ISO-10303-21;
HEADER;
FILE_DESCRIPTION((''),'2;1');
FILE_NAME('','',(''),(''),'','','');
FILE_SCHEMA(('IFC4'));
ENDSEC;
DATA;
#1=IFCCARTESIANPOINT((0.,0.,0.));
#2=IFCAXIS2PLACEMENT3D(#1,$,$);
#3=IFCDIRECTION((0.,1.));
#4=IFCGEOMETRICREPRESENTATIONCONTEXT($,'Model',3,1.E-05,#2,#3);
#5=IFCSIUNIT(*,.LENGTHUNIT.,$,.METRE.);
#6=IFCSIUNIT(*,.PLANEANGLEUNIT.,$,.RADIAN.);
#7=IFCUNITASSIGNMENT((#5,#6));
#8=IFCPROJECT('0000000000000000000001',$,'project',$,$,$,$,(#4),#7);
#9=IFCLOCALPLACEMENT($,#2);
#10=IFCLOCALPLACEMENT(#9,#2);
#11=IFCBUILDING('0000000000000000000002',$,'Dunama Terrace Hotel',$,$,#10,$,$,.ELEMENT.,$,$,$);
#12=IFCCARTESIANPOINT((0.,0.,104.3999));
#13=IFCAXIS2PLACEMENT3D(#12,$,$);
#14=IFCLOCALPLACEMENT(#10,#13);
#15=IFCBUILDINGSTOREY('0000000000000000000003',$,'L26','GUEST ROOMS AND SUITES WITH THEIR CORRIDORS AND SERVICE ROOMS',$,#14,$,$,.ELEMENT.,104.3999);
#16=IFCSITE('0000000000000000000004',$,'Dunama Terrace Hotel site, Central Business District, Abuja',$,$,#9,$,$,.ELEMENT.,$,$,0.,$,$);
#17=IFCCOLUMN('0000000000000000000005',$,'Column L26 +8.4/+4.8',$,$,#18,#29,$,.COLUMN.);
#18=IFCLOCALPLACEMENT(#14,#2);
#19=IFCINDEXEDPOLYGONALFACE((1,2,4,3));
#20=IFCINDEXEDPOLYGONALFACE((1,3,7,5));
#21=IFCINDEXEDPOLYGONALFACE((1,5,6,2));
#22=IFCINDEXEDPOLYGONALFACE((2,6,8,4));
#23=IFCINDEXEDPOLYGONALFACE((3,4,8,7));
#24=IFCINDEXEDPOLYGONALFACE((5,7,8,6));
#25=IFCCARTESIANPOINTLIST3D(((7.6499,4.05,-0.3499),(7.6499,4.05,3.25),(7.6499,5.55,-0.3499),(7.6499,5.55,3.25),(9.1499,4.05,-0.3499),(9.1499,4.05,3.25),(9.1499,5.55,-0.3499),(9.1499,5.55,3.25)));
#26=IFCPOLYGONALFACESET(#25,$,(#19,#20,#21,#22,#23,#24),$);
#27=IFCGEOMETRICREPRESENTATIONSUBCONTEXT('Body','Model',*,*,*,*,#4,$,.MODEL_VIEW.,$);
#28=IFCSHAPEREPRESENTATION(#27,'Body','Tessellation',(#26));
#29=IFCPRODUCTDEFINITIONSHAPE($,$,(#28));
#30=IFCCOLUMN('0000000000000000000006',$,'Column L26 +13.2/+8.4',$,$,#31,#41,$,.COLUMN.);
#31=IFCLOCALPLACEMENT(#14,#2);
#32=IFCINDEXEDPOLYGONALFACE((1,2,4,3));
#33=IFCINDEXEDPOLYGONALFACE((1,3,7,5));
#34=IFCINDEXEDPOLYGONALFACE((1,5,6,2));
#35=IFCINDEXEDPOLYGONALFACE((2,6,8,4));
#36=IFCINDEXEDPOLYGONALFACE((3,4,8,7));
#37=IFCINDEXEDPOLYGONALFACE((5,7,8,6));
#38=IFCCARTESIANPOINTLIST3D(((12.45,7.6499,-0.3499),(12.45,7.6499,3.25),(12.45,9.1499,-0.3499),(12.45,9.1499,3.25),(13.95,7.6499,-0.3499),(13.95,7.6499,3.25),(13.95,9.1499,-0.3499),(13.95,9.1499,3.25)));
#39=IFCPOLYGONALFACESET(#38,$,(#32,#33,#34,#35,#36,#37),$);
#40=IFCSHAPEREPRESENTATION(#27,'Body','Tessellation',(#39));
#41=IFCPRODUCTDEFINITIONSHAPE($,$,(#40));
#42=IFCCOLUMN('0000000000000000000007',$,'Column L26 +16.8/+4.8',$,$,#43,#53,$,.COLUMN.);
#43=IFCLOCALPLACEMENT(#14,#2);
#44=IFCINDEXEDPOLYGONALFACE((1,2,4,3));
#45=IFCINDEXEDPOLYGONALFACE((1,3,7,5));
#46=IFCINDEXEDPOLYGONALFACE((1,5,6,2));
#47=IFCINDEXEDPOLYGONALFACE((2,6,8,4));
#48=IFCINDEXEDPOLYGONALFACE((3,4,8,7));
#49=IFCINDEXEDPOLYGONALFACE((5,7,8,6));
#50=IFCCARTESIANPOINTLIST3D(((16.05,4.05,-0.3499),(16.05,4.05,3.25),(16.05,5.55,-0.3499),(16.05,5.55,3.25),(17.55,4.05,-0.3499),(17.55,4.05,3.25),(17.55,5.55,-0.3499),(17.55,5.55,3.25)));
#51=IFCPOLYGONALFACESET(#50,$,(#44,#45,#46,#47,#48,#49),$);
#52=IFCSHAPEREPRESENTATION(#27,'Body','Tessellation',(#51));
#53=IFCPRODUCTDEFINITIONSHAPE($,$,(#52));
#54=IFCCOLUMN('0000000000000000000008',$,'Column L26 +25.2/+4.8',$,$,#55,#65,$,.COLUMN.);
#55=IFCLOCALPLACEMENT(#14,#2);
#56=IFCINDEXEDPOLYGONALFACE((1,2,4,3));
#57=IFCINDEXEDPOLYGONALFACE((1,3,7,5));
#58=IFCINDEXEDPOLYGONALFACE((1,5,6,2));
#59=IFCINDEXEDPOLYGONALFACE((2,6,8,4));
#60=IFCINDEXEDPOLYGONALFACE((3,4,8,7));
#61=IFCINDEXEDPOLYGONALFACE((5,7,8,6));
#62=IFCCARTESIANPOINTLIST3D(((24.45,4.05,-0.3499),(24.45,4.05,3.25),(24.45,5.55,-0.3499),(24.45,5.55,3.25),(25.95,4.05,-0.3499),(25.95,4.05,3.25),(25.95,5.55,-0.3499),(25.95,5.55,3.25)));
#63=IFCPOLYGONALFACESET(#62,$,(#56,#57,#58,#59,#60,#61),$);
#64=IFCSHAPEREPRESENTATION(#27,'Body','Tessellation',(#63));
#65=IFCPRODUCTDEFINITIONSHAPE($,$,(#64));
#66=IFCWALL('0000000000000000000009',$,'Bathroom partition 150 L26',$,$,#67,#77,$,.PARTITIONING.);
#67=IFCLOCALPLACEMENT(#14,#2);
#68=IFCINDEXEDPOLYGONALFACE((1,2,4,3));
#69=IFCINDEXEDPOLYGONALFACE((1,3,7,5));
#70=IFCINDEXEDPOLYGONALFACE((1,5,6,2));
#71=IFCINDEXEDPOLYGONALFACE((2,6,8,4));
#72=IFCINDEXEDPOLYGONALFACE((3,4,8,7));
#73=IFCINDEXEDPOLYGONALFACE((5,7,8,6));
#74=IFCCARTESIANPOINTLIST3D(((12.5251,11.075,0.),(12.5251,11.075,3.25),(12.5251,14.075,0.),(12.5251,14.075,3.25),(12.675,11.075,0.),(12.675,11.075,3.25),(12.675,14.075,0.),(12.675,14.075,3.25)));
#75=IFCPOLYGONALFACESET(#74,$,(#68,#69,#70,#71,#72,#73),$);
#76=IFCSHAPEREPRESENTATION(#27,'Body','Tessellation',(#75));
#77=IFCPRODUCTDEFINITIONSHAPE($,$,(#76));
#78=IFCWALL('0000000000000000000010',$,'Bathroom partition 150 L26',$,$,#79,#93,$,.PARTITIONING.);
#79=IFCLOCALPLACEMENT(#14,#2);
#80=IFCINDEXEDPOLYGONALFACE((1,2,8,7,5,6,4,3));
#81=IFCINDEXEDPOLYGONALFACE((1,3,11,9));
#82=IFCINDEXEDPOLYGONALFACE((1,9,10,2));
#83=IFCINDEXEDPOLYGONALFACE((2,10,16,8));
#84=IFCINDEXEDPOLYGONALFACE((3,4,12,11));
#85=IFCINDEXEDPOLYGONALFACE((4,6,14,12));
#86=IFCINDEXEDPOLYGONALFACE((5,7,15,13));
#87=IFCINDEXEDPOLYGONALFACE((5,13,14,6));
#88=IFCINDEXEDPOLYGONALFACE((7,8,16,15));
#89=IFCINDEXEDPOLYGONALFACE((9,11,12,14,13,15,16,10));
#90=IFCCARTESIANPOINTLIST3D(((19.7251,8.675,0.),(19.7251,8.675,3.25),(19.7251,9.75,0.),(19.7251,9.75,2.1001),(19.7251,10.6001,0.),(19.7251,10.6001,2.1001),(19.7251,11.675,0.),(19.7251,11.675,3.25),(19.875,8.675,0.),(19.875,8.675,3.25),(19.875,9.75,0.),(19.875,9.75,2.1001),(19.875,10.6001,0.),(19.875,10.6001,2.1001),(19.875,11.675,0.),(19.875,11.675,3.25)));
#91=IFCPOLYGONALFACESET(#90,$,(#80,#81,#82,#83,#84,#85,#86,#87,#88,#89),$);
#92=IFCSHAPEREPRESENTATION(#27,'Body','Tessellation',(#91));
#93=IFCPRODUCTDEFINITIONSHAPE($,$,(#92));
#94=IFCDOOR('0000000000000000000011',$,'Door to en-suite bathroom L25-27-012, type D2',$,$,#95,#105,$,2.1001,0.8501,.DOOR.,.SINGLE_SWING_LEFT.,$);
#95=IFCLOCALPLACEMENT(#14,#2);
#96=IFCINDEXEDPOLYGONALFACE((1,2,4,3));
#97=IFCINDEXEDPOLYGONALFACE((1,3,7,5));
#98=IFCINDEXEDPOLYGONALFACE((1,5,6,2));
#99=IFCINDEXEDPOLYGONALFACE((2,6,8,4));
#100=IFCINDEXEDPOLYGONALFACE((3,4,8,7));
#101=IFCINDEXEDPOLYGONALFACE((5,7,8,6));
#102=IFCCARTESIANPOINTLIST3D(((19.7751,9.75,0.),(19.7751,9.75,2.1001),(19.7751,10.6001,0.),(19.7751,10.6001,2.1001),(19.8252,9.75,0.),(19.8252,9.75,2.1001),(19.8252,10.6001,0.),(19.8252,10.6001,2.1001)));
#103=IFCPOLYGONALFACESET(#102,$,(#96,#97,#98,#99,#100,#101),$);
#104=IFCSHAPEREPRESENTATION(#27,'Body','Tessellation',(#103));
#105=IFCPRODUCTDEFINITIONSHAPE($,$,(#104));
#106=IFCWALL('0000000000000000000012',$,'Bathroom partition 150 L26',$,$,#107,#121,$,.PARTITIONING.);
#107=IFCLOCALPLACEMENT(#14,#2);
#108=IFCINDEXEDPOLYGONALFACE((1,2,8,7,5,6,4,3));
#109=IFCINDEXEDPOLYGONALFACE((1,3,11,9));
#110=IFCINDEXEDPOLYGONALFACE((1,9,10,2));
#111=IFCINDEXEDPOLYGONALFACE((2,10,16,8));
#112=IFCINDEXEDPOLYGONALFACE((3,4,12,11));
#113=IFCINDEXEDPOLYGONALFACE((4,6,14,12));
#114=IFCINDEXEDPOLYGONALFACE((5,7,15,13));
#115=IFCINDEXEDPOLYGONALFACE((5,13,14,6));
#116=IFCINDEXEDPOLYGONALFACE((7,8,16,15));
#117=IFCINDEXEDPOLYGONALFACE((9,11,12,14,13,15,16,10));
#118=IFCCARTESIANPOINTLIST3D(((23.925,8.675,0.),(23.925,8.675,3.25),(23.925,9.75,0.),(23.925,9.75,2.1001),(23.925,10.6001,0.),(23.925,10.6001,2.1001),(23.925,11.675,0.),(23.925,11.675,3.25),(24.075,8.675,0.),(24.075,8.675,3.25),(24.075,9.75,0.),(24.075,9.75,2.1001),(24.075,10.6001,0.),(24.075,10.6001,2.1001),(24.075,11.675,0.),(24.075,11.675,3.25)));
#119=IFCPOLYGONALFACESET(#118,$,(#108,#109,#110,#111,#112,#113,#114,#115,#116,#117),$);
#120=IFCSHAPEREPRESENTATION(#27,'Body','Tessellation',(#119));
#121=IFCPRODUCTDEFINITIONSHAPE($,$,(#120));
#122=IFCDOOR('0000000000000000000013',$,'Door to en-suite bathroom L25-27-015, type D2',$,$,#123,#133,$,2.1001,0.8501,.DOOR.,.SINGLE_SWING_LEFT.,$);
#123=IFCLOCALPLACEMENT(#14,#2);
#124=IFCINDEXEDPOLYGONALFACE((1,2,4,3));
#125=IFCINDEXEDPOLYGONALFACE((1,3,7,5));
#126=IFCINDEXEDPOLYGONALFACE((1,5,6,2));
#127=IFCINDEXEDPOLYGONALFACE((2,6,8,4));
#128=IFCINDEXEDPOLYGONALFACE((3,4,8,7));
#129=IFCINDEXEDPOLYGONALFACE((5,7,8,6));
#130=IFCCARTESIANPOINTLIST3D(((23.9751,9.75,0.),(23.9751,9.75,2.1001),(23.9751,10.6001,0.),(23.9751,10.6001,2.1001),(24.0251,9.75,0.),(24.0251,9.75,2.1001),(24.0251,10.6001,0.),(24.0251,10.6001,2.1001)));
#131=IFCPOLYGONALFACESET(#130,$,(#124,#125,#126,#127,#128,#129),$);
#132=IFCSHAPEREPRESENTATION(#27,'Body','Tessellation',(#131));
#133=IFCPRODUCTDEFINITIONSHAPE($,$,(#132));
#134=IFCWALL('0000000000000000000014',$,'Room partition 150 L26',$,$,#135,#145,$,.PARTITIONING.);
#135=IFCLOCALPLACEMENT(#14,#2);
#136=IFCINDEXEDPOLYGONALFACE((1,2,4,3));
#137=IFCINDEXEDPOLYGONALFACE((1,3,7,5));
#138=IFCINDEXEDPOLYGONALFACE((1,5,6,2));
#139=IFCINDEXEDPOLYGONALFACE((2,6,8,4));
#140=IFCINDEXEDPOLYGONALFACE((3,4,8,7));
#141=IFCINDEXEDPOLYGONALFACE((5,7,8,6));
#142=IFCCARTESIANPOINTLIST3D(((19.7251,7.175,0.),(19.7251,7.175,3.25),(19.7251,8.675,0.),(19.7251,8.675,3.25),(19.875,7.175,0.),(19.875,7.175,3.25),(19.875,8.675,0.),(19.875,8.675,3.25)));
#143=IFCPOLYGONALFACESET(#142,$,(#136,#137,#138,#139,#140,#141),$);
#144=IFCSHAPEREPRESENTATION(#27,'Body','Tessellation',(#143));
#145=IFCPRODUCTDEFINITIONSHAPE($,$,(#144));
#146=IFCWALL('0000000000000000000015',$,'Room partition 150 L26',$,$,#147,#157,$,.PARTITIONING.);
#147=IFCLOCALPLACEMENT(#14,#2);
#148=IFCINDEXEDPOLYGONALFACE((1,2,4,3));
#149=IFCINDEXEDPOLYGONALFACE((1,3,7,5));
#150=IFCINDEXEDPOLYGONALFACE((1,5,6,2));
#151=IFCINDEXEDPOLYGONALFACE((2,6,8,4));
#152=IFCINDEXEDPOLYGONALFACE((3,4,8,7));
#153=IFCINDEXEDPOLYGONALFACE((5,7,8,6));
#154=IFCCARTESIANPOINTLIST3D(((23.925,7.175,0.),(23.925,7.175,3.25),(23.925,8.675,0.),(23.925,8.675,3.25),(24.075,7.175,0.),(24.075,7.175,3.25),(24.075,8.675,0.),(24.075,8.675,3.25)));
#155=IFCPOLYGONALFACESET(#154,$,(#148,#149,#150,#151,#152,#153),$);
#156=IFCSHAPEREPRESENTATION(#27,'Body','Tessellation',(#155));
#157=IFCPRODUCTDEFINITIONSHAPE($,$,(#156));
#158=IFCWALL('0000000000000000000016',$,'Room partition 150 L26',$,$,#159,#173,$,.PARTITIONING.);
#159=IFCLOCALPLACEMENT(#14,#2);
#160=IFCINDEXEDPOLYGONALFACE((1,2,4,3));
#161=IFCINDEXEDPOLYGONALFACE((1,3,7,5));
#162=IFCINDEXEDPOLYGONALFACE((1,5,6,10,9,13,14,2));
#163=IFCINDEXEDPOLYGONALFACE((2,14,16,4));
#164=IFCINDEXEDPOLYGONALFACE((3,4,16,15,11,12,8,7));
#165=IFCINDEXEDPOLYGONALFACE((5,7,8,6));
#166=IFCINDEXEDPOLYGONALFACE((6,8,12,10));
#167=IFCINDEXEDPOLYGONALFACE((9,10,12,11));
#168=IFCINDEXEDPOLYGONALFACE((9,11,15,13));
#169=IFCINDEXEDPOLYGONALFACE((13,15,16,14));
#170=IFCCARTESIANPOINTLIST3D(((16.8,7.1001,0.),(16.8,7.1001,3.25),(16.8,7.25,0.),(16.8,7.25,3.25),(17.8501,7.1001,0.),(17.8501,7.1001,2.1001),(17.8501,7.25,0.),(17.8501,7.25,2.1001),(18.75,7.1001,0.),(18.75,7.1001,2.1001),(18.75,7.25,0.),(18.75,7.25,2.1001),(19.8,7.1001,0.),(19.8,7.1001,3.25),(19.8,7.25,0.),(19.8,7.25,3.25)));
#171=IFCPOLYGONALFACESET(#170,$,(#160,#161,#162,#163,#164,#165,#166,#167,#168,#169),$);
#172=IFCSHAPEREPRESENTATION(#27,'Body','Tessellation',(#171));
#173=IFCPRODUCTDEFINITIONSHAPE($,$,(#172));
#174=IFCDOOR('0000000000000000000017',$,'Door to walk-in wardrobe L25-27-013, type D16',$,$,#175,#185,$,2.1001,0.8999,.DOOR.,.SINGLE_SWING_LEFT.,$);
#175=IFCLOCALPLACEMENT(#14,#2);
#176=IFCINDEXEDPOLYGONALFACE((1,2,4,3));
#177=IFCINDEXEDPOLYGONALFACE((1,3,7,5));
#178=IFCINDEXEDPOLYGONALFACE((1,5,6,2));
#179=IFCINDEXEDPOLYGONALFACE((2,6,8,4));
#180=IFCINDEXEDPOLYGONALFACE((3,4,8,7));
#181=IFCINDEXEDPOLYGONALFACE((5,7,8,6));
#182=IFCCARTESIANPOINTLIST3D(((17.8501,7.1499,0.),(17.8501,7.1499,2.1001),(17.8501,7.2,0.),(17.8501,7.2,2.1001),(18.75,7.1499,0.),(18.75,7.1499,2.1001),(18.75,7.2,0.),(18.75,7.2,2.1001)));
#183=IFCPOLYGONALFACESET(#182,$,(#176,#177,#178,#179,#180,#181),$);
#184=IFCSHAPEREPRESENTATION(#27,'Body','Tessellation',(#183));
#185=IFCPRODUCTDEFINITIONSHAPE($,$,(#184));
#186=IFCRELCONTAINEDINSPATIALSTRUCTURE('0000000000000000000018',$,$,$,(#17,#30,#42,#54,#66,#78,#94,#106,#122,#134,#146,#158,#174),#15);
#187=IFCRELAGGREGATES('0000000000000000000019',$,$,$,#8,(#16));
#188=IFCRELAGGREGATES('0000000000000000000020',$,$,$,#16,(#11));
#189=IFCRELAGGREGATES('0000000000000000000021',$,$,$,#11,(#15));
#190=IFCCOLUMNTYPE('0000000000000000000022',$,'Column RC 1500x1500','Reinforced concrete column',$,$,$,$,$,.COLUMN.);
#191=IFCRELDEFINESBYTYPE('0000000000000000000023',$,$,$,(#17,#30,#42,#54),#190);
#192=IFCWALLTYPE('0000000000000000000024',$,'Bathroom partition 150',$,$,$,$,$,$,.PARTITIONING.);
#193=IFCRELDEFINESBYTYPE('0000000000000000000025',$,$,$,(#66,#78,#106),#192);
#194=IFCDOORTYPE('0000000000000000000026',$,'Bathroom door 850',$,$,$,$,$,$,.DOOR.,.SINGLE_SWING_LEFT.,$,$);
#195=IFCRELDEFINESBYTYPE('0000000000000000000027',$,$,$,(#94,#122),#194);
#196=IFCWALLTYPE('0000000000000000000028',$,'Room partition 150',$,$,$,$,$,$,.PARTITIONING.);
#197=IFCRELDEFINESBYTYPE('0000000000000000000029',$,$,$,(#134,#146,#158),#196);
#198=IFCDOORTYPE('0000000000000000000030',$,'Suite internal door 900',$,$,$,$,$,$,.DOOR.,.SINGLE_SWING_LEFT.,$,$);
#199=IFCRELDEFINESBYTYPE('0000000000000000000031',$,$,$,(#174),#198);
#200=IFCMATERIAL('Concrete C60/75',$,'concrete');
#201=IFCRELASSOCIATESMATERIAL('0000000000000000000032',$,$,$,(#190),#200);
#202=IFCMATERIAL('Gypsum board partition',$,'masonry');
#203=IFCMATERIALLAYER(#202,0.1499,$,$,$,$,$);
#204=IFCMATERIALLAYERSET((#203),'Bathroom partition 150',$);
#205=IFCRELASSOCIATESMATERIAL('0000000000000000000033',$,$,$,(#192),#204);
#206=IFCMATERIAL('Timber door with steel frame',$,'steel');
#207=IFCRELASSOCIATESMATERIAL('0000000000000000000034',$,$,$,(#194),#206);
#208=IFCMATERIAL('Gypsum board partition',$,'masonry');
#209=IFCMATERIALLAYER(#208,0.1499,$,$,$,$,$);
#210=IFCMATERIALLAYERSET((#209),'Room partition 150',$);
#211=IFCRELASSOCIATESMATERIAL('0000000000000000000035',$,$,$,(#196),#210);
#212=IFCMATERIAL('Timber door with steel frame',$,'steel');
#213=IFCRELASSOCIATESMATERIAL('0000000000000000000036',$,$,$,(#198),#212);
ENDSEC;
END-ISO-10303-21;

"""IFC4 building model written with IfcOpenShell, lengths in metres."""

from ifc_helpers import new_model, si_unit, direction, frame, frame_2d, origin, origin_2d, place, context, subcontext, project, spatial, rectangle, extrude, material, layer, layer_set, material_profile, profile_set, type_object, element, fill, save


model = new_model("IFC4")

# Units and contexts
model_context = context("Model", 3, precision=1e-05, world=origin(), true_north=direction((0.0, 1.0)))
body_context = subcontext(model_context, "Body", "Model", "MODEL_VIEW")
ifc_project = project(units=[si_unit("LENGTHUNIT", "METRE"), si_unit("PLANEANGLEUNIT", "RADIAN")], contexts=[model_context])

# Site, building, storey
site_placement = place(None, origin())
site = spatial("IfcSite", under=ifc_project, at=site_placement, Name="Dunama Terrace Hotel site, Central Business District, Abuja", CompositionType="ELEMENT", RefElevation=0.0)
building_placement = place(site_placement, origin())
building = spatial("IfcBuilding", under=site, at=building_placement, Name="Dunama Terrace Hotel", CompositionType="ELEMENT")
storey_placement = place(building_placement, frame((0.0, 0.0, 104.3999)))
storey = spatial("IfcBuildingStorey", under=building, at=storey_placement, Name="L26", Description="GUEST ROOMS AND SUITES WITH THEIR CORRIDORS AND SERVICE ROOMS", CompositionType="ELEMENT", Elevation=104.3999)

# Columns
ifc_material_1 = material(Name="Concrete C60/75", Category="concrete")
ifc_material_profile = material_profile(ifc_material_1, rectangle(XDim=1.5, YDim=1.5, at=origin_2d()), Name="RC 1500x1500")
ifc_profile_set = profile_set([ifc_material_profile], Name="Concrete C60/75")
column_type = type_object("IfcColumnType", Name="Column RC 1500x1500", Description="Reinforced concrete column", PredefinedType="COLUMN", material=ifc_profile_set)
for number, where, z_axis, x_axis, name in (
    (1, (8.3999, 4.8, -0.3499), (0.0, 0.0, 1.0), (1.0, 0.0, 0.0), "Column L26 +8.4/+4.8"),
    (2, (13.2, 8.3999, -0.3499), (0.0, 0.0, 1.0), (1.0, 0.0, 0.0), "Column L26 +13.2/+8.4"),
    (3, (16.8, 4.8, -0.3499), (0.0, 0.0, 1.0), (1.0, 0.0, 0.0), "Column L26 +16.8/+4.8"),
    (4, (25.2, 4.8, -0.3499), (0.0, 0.0, 1.0), (1.0, 0.0, 0.0), "Column L26 +25.2/+4.8"),
):
    element("IfcColumn", number, at=place(storey_placement, frame(where, z_axis=z_axis, x_axis=x_axis)), inside=storey, type_object=column_type, Name=name, PredefinedType="COLUMN", context=body_context, shape_type="SweptSolid", body=[
        extrude(rectangle(XDim=1.5, YDim=1.5, at=origin_2d()), origin(), (0.0, 0.0, 1.0), 3.5999),
    ])

# Wall
ifc_material_2 = material(Name="Gypsum board partition", Category="masonry")
ifc_layer_1 = layer(ifc_material_2, 0.1499)
ifc_layer_set_1 = layer_set([ifc_layer_1], Name="Bathroom partition 150")
wall_type_1 = type_object("IfcWallType", Name="Bathroom partition 150", PredefinedType="PARTITIONING", material=ifc_layer_set_1)
wall_1_placement = place(storey_placement, frame((12.6001, 11.075, 0.0), z_axis=(0.0, 0.0, 1.0), x_axis=(0.0, 1.0, 0.0)))
element("IfcWall", 5, at=wall_1_placement, inside=storey, type_object=wall_type_1, Name="Bathroom partition 150 L26", PredefinedType="PARTITIONING", context=body_context, shape_type="SweptSolid", body=[
    extrude(rectangle(XDim=3.0, YDim=0.1499, at=frame_2d((1.5, 0.0))), origin(), (0.0, 0.0, 1.0), 3.25),
])

# Walls, openings, doors
wall_2_placement = place(storey_placement, frame((19.8, 8.675, 0.0), z_axis=(0.0, 0.0, 1.0), x_axis=(0.0, 1.0, 0.0)))
wall_2 = element("IfcWall", 6, at=wall_2_placement, inside=storey, type_object=wall_type_1, Name="Bathroom partition 150 L26", PredefinedType="PARTITIONING", context=body_context, shape_type="SweptSolid", body=[
    extrude(rectangle(XDim=3.0, YDim=0.1499, at=frame_2d((1.5, 0.0))), origin(), (0.0, 0.0, 1.0), 3.25),
])
opening_1_placement = place(wall_2_placement, frame((1.075, 0.0, 0.0)))
opening_1 = element("IfcOpeningElement", 7, at=opening_1_placement, cuts=wall_2, PredefinedType="OPENING", context=body_context, shape_type="SweptSolid", body=[
    extrude(rectangle(XDim=0.8501, YDim=2.1001, at=frame_2d((0.425, 1.05))), frame((0.0, 0.085, 0.0), z_axis=(0.0, -1.0, 0.0), x_axis=(1.0, 0.0, 0.0)), (0.0, 0.0, 1.0), 0.1699),
])
ifc_material_3 = material(Name="Timber door with steel frame", Category="steel")
door_type_1 = type_object("IfcDoorType", Name="Bathroom door 850", OperationType="SINGLE_SWING_LEFT", PredefinedType="DOOR", material=ifc_material_3)
door_1_placement = place(opening_1_placement, origin())
door_1 = element("IfcDoor", 8, at=door_1_placement, inside=storey, type_object=door_type_1, Name="Door to en-suite bathroom L25-27-012, type D2", OperationType="SINGLE_SWING_LEFT", OverallHeight=2.1001, OverallWidth=0.8501, PredefinedType="DOOR", context=body_context, shape_type="SweptSolid", body=[
    extrude(rectangle(XDim=0.8501, YDim=2.1001, at=frame_2d((0.425, 1.05))), frame((0.0, 0.0249, 0.0), z_axis=(0.0, -1.0, 0.0), x_axis=(1.0, 0.0, 0.0)), (0.0, 0.0, 1.0), 0.05),
])
fill(opening_1, door_1)
wall_3_placement = place(storey_placement, frame((24.0, 8.675, 0.0), z_axis=(0.0, 0.0, 1.0), x_axis=(0.0, 1.0, 0.0)))
wall_3 = element("IfcWall", 9, at=wall_3_placement, inside=storey, type_object=wall_type_1, Name="Bathroom partition 150 L26", PredefinedType="PARTITIONING", context=body_context, shape_type="SweptSolid", body=[
    extrude(rectangle(XDim=3.0, YDim=0.1499, at=frame_2d((1.5, 0.0))), origin(), (0.0, 0.0, 1.0), 3.25),
])
opening_2_placement = place(wall_3_placement, frame((1.075, 0.0, 0.0)))
opening_2 = element("IfcOpeningElement", 10, at=opening_2_placement, cuts=wall_3, PredefinedType="OPENING", context=body_context, shape_type="SweptSolid", body=[
    extrude(rectangle(XDim=0.8501, YDim=2.1001, at=frame_2d((0.425, 1.05))), frame((0.0, 0.085, 0.0), z_axis=(0.0, -1.0, 0.0), x_axis=(1.0, 0.0, 0.0)), (0.0, 0.0, 1.0), 0.1699),
])
door_2_placement = place(opening_2_placement, origin())
door_2 = element("IfcDoor", 11, at=door_2_placement, inside=storey, type_object=door_type_1, Name="Door to en-suite bathroom L25-27-015, type D2", OperationType="SINGLE_SWING_LEFT", OverallHeight=2.1001, OverallWidth=0.8501, PredefinedType="DOOR", context=body_context, shape_type="SweptSolid", body=[
    extrude(rectangle(XDim=0.8501, YDim=2.1001, at=frame_2d((0.425, 1.05))), frame((0.0, 0.0249, 0.0), z_axis=(0.0, -1.0, 0.0), x_axis=(1.0, 0.0, 0.0)), (0.0, 0.0, 1.0), 0.05),
])
fill(opening_2, door_2)

# Walls
ifc_material_4 = material(Name="Gypsum board partition", Category="masonry")
ifc_layer_2 = layer(ifc_material_4, 0.1499)
ifc_layer_set_2 = layer_set([ifc_layer_2], Name="Room partition 150")
wall_type_2 = type_object("IfcWallType", Name="Room partition 150", PredefinedType="PARTITIONING", material=ifc_layer_set_2)
for number, where, z_axis, x_axis, name in (
    (12, (19.8, 7.175, 0.0), (0.0, 0.0, 1.0), (0.0, 1.0, 0.0), "Room partition 150 L26"),
    (13, (24.0, 7.175, 0.0), (0.0, 0.0, 1.0), (0.0, 1.0, 0.0), "Room partition 150 L26"),
):
    element("IfcWall", number, at=place(storey_placement, frame(where, z_axis=z_axis, x_axis=x_axis)), inside=storey, type_object=wall_type_2, Name=name, PredefinedType="PARTITIONING", context=body_context, shape_type="SweptSolid", body=[
        extrude(rectangle(XDim=1.5, YDim=0.1499, at=frame_2d((0.75, 0.0))), origin(), (0.0, 0.0, 1.0), 3.25),
    ])

# Wall, opening, door
wall_4_placement = place(storey_placement, frame((16.8, 7.175, 0.0), z_axis=(0.0, 0.0, 1.0), x_axis=(1.0, 0.0, 0.0)))
wall_4 = element("IfcWall", 14, at=wall_4_placement, inside=storey, type_object=wall_type_2, Name="Room partition 150 L26", PredefinedType="PARTITIONING", context=body_context, shape_type="SweptSolid", body=[
    extrude(rectangle(XDim=3.0, YDim=0.1499, at=frame_2d((1.5, 0.0))), origin(), (0.0, 0.0, 1.0), 3.25),
])
opening_3_placement = place(wall_4_placement, frame((1.05, 0.0, 0.0)))
opening_3 = element("IfcOpeningElement", 15, at=opening_3_placement, cuts=wall_4, PredefinedType="OPENING", context=body_context, shape_type="SweptSolid", body=[
    extrude(rectangle(XDim=0.8999, YDim=2.1001, at=frame_2d((0.45, 1.05))), frame((0.0, 0.085, 0.0), z_axis=(0.0, -1.0, 0.0), x_axis=(1.0, 0.0, 0.0)), (0.0, 0.0, 1.0), 0.1699),
])
ifc_material_5 = material(Name="Timber door with steel frame", Category="steel")
door_type_2 = type_object("IfcDoorType", Name="Suite internal door 900", OperationType="SINGLE_SWING_LEFT", PredefinedType="DOOR", material=ifc_material_5)
door_3_placement = place(opening_3_placement, origin())
door_3 = element("IfcDoor", 16, at=door_3_placement, inside=storey, type_object=door_type_2, Name="Door to walk-in wardrobe L25-27-013, type D16", OperationType="SINGLE_SWING_LEFT", OverallHeight=2.1001, OverallWidth=0.8999, PredefinedType="DOOR", context=body_context, shape_type="SweptSolid", body=[
    extrude(rectangle(XDim=0.8999, YDim=2.1001, at=frame_2d((0.45, 1.05))), frame((0.0, 0.0249, 0.0), z_axis=(0.0, -1.0, 0.0), x_axis=(1.0, 0.0, 0.0)), (0.0, 0.0, 1.0), 0.05),
])
fill(opening_3, door_3)

save(model, "model.ifc")
